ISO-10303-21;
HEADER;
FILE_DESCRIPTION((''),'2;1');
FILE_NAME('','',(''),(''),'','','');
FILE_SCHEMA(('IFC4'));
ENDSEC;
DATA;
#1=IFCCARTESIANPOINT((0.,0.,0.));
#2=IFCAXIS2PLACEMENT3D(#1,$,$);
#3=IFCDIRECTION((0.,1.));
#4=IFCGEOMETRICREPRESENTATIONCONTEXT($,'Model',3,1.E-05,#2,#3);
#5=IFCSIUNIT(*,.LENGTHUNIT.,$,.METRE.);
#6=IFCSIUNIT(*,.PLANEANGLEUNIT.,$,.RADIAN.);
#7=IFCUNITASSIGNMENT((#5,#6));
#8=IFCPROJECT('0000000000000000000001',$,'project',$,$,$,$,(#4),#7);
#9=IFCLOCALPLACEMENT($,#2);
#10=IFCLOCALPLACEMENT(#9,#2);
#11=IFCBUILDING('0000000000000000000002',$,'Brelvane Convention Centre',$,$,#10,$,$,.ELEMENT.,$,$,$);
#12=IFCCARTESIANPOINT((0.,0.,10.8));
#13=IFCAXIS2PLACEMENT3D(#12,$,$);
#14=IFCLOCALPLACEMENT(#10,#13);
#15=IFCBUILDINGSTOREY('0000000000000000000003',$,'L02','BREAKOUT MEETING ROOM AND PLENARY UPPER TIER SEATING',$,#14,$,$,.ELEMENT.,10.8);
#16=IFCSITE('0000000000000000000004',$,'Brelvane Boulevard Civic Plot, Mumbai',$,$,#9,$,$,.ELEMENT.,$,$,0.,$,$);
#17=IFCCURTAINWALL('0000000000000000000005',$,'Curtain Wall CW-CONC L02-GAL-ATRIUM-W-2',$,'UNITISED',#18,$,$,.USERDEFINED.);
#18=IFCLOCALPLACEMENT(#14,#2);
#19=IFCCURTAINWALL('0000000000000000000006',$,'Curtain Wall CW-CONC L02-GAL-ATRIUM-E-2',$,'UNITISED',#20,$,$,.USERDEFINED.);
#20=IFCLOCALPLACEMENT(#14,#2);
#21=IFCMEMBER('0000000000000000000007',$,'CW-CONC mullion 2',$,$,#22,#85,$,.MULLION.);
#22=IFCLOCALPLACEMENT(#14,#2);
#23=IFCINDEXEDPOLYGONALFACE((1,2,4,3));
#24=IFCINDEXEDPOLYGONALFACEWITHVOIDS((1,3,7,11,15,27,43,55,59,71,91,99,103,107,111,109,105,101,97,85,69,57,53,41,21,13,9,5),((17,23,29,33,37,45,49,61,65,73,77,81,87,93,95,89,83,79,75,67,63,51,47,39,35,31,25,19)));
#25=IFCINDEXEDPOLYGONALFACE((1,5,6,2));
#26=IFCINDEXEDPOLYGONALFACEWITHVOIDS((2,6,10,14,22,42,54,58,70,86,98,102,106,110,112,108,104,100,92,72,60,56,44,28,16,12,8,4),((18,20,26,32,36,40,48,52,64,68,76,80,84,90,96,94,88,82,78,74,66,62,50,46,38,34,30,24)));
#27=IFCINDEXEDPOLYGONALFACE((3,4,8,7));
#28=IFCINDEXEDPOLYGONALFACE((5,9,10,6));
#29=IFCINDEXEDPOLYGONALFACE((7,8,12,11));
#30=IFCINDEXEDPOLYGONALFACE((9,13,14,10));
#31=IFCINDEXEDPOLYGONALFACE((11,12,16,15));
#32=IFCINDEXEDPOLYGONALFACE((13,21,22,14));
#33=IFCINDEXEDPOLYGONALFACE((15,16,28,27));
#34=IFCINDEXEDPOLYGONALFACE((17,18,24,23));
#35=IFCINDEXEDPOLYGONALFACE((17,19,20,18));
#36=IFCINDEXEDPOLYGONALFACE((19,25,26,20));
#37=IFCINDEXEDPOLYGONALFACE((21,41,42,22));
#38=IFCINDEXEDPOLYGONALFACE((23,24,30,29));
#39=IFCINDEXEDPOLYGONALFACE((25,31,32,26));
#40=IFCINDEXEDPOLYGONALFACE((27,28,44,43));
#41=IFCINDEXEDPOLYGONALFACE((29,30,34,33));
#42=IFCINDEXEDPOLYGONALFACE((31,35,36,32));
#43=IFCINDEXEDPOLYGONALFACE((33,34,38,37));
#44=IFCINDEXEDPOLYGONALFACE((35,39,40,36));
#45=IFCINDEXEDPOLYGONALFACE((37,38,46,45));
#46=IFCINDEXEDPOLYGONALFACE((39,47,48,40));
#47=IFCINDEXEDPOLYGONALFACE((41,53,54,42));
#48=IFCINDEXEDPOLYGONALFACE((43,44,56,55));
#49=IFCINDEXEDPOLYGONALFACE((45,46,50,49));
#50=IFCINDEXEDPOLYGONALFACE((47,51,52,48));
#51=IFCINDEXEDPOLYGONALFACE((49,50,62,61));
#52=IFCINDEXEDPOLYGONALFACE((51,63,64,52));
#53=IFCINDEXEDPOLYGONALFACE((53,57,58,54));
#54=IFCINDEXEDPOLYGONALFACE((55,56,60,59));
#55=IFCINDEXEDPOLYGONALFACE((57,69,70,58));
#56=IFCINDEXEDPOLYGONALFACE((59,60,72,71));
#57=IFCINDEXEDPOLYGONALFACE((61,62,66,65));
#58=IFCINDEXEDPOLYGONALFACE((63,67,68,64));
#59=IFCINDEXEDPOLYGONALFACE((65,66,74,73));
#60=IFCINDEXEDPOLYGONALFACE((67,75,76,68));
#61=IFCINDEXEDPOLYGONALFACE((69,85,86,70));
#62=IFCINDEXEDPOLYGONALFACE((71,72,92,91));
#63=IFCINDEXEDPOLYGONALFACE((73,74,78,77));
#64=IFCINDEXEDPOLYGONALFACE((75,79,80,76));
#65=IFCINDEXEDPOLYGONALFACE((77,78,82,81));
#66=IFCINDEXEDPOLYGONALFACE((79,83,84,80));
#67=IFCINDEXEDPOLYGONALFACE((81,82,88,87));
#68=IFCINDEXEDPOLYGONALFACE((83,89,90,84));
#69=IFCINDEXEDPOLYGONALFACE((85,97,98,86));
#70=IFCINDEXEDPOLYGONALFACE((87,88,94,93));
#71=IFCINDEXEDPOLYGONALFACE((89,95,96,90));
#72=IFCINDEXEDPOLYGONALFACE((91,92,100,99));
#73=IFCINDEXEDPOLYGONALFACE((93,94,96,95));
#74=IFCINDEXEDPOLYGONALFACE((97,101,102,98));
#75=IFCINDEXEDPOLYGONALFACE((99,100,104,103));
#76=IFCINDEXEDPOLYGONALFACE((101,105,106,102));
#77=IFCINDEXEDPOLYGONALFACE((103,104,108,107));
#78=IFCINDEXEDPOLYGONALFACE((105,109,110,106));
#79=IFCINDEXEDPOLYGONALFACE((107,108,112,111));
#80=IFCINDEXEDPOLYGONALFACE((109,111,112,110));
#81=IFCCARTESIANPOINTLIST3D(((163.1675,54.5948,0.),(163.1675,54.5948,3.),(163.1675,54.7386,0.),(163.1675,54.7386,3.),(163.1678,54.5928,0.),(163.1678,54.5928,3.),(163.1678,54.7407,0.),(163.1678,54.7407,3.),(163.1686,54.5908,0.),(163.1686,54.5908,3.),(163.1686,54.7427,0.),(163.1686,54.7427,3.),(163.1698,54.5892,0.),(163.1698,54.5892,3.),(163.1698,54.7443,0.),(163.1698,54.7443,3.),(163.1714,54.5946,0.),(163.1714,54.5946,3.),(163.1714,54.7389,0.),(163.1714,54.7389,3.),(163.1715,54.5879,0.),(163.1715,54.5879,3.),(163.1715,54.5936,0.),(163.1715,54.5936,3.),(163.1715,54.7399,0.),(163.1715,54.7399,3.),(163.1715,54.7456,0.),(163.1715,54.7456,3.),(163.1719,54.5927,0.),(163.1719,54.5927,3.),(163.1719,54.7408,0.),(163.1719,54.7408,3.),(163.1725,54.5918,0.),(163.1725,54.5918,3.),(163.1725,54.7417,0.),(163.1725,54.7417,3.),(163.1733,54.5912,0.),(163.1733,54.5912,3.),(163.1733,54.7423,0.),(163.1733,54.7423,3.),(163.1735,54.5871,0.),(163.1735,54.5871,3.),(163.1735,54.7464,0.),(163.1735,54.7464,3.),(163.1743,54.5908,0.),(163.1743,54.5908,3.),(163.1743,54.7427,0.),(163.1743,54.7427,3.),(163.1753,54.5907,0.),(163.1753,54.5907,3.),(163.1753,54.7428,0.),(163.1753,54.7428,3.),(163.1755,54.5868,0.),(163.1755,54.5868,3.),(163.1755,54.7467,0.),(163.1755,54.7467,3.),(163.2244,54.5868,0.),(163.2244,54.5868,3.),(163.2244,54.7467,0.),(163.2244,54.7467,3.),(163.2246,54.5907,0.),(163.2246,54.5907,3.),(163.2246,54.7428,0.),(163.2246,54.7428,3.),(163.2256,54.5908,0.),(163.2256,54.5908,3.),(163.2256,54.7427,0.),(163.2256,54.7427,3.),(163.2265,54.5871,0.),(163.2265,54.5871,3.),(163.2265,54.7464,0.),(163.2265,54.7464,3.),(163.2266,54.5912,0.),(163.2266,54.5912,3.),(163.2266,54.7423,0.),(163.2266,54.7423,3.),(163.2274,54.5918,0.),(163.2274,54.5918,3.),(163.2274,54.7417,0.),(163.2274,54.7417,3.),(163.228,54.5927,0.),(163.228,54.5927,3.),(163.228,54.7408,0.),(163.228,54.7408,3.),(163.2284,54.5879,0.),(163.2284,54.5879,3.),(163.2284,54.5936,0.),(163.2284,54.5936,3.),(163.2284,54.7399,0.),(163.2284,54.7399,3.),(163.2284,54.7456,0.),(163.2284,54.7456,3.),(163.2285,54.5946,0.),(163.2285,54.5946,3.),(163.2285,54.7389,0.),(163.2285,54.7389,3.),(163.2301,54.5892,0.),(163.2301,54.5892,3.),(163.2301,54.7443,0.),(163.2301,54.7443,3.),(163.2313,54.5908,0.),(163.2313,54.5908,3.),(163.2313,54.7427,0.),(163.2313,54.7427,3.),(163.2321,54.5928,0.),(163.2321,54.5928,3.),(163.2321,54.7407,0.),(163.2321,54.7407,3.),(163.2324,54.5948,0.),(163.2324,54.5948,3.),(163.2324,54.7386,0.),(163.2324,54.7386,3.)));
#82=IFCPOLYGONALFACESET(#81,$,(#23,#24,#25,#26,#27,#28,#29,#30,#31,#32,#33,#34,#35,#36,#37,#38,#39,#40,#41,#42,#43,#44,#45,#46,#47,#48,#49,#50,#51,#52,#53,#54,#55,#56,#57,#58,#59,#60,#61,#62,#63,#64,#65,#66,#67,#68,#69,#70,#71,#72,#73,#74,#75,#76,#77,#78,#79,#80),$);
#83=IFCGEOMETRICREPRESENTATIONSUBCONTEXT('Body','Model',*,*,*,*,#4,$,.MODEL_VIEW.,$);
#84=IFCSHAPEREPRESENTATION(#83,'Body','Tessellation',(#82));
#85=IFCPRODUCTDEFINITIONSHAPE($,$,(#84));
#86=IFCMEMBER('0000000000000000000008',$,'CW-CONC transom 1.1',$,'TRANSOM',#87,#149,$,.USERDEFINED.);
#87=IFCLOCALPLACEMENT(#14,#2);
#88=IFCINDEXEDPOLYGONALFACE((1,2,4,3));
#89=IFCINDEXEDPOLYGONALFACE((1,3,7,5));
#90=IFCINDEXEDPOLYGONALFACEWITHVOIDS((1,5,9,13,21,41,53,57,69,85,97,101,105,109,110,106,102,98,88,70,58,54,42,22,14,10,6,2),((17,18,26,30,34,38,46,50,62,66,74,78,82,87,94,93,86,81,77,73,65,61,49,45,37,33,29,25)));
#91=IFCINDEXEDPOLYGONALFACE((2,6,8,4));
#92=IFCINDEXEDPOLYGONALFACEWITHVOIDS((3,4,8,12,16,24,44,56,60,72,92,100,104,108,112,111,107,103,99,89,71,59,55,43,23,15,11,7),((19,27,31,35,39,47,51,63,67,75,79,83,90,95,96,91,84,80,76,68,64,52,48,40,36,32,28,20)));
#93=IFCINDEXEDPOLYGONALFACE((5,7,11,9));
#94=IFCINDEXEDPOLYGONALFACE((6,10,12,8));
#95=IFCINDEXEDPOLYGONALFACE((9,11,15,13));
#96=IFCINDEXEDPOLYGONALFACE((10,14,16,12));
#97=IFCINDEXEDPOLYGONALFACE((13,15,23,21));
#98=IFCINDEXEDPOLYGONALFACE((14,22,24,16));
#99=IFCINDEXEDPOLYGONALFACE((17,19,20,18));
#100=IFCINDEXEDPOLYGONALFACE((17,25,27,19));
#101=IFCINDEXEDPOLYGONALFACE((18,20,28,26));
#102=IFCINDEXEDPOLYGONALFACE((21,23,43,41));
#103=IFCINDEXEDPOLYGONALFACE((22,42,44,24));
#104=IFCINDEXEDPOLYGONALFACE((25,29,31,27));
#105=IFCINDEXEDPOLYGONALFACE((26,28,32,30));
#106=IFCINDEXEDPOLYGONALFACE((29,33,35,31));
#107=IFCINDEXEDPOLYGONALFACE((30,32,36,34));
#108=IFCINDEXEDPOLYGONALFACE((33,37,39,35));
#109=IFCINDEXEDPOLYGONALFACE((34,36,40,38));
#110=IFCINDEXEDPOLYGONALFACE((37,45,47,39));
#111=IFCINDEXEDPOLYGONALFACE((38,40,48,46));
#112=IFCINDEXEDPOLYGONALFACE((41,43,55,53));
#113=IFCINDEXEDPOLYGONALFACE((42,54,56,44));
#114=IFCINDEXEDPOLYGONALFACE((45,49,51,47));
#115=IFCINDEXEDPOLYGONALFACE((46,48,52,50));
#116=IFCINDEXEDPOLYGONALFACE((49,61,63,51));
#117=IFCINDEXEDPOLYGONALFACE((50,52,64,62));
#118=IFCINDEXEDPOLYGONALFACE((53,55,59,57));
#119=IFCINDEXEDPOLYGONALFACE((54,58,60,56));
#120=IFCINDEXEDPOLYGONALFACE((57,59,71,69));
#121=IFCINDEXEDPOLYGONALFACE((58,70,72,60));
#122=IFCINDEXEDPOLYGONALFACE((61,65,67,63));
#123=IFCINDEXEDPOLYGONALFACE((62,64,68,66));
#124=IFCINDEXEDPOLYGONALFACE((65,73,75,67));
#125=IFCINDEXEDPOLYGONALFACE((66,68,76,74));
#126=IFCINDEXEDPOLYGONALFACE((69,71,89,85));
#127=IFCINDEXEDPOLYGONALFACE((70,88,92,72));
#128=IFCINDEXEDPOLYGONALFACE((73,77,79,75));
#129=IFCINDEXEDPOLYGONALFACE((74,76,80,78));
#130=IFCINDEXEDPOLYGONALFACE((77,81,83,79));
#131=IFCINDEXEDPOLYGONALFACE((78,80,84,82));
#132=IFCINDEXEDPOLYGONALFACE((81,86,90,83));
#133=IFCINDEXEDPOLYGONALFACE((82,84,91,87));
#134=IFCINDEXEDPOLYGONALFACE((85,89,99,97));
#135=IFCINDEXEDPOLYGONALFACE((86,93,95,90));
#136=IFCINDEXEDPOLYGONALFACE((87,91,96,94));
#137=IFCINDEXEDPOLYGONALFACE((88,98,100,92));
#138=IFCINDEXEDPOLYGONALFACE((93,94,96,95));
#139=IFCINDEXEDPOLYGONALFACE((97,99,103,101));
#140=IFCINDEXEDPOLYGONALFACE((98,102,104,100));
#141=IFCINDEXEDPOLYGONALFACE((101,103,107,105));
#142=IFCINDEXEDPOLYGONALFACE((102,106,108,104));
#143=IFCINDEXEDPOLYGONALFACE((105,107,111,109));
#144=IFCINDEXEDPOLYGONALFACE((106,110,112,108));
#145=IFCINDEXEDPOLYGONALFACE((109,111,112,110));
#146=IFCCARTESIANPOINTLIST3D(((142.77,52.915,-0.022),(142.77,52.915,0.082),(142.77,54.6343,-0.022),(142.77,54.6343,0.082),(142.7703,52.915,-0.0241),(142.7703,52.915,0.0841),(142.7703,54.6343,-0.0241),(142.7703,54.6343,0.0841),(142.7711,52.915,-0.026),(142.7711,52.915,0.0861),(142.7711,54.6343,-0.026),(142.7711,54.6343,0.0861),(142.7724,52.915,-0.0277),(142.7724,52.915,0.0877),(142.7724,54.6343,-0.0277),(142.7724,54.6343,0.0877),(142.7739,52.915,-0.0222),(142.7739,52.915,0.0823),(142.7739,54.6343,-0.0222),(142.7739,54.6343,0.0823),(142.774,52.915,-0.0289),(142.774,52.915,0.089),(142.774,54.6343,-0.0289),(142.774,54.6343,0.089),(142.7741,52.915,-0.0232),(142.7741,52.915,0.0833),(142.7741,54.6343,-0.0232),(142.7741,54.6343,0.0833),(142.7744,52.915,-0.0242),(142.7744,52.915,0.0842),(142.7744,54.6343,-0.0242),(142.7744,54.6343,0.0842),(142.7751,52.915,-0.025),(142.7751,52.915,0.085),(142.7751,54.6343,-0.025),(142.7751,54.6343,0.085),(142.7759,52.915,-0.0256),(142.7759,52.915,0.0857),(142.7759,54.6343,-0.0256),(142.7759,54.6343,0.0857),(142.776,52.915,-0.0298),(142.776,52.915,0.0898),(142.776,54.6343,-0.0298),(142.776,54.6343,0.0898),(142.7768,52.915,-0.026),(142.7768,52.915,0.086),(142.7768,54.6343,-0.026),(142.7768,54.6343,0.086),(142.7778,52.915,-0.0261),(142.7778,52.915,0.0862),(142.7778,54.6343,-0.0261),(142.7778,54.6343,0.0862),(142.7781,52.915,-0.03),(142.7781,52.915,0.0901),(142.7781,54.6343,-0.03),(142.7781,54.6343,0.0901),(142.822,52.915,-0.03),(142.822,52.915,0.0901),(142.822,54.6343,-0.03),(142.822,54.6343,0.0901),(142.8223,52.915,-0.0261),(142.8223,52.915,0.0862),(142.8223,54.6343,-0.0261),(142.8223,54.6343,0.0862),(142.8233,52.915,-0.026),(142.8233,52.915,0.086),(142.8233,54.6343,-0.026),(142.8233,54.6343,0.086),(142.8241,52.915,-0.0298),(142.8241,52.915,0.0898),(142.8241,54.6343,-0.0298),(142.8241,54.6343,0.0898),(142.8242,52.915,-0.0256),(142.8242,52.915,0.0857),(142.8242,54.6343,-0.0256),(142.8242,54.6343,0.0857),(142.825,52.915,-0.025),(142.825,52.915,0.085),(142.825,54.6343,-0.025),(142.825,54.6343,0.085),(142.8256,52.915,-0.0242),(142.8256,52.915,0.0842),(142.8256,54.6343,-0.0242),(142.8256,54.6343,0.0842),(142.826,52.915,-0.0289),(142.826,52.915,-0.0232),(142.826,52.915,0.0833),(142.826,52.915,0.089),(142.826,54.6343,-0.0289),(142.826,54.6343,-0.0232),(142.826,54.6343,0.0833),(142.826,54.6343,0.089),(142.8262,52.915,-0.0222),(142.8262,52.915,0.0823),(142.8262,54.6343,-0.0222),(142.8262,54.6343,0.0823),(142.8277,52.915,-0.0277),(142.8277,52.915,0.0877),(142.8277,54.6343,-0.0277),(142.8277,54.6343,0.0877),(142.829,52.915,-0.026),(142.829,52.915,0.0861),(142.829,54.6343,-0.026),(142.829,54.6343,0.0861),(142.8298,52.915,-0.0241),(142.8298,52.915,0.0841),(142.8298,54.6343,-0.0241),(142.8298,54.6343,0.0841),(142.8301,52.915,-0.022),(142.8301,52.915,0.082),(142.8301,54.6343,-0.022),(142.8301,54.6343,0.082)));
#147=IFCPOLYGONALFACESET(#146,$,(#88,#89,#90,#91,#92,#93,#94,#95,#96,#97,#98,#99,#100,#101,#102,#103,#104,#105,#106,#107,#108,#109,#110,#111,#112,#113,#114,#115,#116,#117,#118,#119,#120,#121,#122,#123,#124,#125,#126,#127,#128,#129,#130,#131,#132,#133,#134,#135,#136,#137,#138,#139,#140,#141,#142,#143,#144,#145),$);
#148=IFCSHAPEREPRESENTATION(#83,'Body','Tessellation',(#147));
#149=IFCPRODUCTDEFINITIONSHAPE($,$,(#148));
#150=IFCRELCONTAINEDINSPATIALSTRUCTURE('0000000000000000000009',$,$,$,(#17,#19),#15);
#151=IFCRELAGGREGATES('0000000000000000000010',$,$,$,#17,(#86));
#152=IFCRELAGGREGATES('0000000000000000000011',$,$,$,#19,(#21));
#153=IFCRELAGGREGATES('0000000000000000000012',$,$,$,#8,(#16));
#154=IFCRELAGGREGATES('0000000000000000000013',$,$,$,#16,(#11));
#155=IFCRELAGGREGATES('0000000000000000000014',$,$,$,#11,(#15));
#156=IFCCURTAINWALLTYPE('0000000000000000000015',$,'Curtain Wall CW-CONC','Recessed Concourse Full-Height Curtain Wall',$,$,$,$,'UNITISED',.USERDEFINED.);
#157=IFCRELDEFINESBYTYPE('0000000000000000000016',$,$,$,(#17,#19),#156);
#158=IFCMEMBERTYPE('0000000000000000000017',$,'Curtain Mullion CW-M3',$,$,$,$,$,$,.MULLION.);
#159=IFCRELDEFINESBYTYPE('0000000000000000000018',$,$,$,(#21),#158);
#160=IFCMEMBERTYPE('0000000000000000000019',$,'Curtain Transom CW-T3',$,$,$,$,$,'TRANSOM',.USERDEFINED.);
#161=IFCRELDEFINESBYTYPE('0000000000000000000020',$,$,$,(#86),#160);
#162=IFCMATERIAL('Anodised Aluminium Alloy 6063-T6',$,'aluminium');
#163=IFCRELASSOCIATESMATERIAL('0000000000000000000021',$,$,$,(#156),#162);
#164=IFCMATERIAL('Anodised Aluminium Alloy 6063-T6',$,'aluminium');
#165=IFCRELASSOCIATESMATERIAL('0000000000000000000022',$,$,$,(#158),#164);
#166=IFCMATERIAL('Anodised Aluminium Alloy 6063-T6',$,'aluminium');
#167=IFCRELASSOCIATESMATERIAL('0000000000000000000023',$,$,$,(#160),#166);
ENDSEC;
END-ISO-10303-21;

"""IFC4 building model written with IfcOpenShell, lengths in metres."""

from ifc_helpers import new_model, si_unit, direction, frame, origin, origin_2d, place, context, subcontext, project, spatial, hollow_rectangle, extrude, material, material_profile, profile_set, type_object, element, aggregate, save


model = new_model("IFC4")

# Units and contexts
model_context = context("Model", 3, precision=1e-05, world=origin(), true_north=direction((0.0, 1.0)))
body_context = subcontext(model_context, "Body", "Model", "MODEL_VIEW")
ifc_project = project(units=[si_unit("LENGTHUNIT", "METRE"), si_unit("PLANEANGLEUNIT", "RADIAN")], contexts=[model_context])

# Site, building, storey
site_placement = place(None, origin())
site = spatial("IfcSite", under=ifc_project, at=site_placement, Name="Brelvane Boulevard Civic Plot, Mumbai", CompositionType="ELEMENT", RefElevation=0.0)
building_placement = place(site_placement, origin())
building = spatial("IfcBuilding", under=site, at=building_placement, Name="Brelvane Convention Centre", CompositionType="ELEMENT")
storey_placement = place(building_placement, frame((0.0, 0.0, 10.8)))
storey = spatial("IfcBuildingStorey", under=building, at=storey_placement, Name="L02", Description="BREAKOUT MEETING ROOM AND PLENARY UPPER TIER SEATING", CompositionType="ELEMENT", Elevation=10.8)

# Curtain walls, member
ifc_material_1 = material(Name="Anodised Aluminium Alloy 6063-T6", Category="aluminium")
curtain_wall_type = type_object("IfcCurtainWallType", Name="Curtain Wall CW-CONC", Description="Recessed Concourse Full-Height Curtain Wall", ElementType="UNITISED", PredefinedType="USERDEFINED", material=ifc_material_1)
curtain_wall_1_placement = place(storey_placement, origin())
curtain_wall_1 = element("IfcCurtainWall", 1, at=curtain_wall_1_placement, inside=storey, type_object=curtain_wall_type, Name="Curtain Wall CW-CONC L02-GAL-ATRIUM-W-2", ObjectType="UNITISED", PredefinedType="USERDEFINED")
ifc_material_2 = material(Name="Anodised Aluminium Alloy 6063-T6", Category="aluminium")
ifc_material_profile_1 = material_profile(ifc_material_2, hollow_rectangle(XDim=0.0649, YDim=0.1599, WallThickness=0.0039, InnerFilletRadius=0.0039, OuterFilletRadius=0.0081, at=origin_2d()), Name="ALU-M 160x65x4.0")
ifc_profile_set_1 = profile_set([ifc_material_profile_1], Name="Anodised Aluminium Alloy 6063-T6")
member_type_1 = type_object("IfcMemberType", Name="Curtain Mullion CW-M3", PredefinedType="MULLION", material=ifc_profile_set_1)
curtain_wall_2_placement = place(storey_placement, origin())
curtain_wall_2 = element("IfcCurtainWall", 2, at=curtain_wall_2_placement, inside=storey, type_object=curtain_wall_type, Name="Curtain Wall CW-CONC L02-GAL-ATRIUM-E-2", ObjectType="UNITISED", PredefinedType="USERDEFINED")
member_1_placement = place(storey_placement, frame((163.2, 54.6667, 0.0), z_axis=(0.0, 0.0, 1.0), x_axis=(-1.0, 0.0, 0.0)))
member_1 = element("IfcMember", 3, at=member_1_placement, type_object=member_type_1, Name="CW-CONC mullion 2", PredefinedType="MULLION", context=body_context, shape_type="SweptSolid", body=[
    extrude(hollow_rectangle(XDim=0.0649, YDim=0.1599, WallThickness=0.0039, InnerFilletRadius=0.0039, OuterFilletRadius=0.0081, at=origin_2d()), origin(), (0.0, 0.0, 1.0), 3.0),
])

# Member
ifc_material_3 = material(Name="Anodised Aluminium Alloy 6063-T6", Category="aluminium")
ifc_material_profile_2 = material_profile(ifc_material_3, hollow_rectangle(XDim=0.0601, YDim=0.1201, WallThickness=0.0039, InnerFilletRadius=0.0039, OuterFilletRadius=0.0081, at=origin_2d()), Name="ALU-T 120x60x4.0")
ifc_profile_set_2 = profile_set([ifc_material_profile_2], Name="Anodised Aluminium Alloy 6063-T6")
member_type_2 = type_object("IfcMemberType", Name="Curtain Transom CW-T3", ElementType="TRANSOM", PredefinedType="USERDEFINED", material=ifc_profile_set_2)
member_2_placement = place(storey_placement, frame((142.8, 52.915, 0.03), z_axis=(0.0, 1.0, 0.0), x_axis=(-1.0, 0.0, 0.0)))
member_2 = element("IfcMember", 4, at=member_2_placement, type_object=member_type_2, Name="CW-CONC transom 1.1", ObjectType="TRANSOM", PredefinedType="USERDEFINED", context=body_context, shape_type="SweptSolid", body=[
    extrude(hollow_rectangle(XDim=0.0601, YDim=0.1201, WallThickness=0.0039, InnerFilletRadius=0.0039, OuterFilletRadius=0.0081, at=origin_2d()), origin(), (0.0, 0.0, 1.0), 1.7192),
])

aggregate(curtain_wall_1, [member_2])
aggregate(curtain_wall_2, [member_1])

save(model, "model.ifc")
